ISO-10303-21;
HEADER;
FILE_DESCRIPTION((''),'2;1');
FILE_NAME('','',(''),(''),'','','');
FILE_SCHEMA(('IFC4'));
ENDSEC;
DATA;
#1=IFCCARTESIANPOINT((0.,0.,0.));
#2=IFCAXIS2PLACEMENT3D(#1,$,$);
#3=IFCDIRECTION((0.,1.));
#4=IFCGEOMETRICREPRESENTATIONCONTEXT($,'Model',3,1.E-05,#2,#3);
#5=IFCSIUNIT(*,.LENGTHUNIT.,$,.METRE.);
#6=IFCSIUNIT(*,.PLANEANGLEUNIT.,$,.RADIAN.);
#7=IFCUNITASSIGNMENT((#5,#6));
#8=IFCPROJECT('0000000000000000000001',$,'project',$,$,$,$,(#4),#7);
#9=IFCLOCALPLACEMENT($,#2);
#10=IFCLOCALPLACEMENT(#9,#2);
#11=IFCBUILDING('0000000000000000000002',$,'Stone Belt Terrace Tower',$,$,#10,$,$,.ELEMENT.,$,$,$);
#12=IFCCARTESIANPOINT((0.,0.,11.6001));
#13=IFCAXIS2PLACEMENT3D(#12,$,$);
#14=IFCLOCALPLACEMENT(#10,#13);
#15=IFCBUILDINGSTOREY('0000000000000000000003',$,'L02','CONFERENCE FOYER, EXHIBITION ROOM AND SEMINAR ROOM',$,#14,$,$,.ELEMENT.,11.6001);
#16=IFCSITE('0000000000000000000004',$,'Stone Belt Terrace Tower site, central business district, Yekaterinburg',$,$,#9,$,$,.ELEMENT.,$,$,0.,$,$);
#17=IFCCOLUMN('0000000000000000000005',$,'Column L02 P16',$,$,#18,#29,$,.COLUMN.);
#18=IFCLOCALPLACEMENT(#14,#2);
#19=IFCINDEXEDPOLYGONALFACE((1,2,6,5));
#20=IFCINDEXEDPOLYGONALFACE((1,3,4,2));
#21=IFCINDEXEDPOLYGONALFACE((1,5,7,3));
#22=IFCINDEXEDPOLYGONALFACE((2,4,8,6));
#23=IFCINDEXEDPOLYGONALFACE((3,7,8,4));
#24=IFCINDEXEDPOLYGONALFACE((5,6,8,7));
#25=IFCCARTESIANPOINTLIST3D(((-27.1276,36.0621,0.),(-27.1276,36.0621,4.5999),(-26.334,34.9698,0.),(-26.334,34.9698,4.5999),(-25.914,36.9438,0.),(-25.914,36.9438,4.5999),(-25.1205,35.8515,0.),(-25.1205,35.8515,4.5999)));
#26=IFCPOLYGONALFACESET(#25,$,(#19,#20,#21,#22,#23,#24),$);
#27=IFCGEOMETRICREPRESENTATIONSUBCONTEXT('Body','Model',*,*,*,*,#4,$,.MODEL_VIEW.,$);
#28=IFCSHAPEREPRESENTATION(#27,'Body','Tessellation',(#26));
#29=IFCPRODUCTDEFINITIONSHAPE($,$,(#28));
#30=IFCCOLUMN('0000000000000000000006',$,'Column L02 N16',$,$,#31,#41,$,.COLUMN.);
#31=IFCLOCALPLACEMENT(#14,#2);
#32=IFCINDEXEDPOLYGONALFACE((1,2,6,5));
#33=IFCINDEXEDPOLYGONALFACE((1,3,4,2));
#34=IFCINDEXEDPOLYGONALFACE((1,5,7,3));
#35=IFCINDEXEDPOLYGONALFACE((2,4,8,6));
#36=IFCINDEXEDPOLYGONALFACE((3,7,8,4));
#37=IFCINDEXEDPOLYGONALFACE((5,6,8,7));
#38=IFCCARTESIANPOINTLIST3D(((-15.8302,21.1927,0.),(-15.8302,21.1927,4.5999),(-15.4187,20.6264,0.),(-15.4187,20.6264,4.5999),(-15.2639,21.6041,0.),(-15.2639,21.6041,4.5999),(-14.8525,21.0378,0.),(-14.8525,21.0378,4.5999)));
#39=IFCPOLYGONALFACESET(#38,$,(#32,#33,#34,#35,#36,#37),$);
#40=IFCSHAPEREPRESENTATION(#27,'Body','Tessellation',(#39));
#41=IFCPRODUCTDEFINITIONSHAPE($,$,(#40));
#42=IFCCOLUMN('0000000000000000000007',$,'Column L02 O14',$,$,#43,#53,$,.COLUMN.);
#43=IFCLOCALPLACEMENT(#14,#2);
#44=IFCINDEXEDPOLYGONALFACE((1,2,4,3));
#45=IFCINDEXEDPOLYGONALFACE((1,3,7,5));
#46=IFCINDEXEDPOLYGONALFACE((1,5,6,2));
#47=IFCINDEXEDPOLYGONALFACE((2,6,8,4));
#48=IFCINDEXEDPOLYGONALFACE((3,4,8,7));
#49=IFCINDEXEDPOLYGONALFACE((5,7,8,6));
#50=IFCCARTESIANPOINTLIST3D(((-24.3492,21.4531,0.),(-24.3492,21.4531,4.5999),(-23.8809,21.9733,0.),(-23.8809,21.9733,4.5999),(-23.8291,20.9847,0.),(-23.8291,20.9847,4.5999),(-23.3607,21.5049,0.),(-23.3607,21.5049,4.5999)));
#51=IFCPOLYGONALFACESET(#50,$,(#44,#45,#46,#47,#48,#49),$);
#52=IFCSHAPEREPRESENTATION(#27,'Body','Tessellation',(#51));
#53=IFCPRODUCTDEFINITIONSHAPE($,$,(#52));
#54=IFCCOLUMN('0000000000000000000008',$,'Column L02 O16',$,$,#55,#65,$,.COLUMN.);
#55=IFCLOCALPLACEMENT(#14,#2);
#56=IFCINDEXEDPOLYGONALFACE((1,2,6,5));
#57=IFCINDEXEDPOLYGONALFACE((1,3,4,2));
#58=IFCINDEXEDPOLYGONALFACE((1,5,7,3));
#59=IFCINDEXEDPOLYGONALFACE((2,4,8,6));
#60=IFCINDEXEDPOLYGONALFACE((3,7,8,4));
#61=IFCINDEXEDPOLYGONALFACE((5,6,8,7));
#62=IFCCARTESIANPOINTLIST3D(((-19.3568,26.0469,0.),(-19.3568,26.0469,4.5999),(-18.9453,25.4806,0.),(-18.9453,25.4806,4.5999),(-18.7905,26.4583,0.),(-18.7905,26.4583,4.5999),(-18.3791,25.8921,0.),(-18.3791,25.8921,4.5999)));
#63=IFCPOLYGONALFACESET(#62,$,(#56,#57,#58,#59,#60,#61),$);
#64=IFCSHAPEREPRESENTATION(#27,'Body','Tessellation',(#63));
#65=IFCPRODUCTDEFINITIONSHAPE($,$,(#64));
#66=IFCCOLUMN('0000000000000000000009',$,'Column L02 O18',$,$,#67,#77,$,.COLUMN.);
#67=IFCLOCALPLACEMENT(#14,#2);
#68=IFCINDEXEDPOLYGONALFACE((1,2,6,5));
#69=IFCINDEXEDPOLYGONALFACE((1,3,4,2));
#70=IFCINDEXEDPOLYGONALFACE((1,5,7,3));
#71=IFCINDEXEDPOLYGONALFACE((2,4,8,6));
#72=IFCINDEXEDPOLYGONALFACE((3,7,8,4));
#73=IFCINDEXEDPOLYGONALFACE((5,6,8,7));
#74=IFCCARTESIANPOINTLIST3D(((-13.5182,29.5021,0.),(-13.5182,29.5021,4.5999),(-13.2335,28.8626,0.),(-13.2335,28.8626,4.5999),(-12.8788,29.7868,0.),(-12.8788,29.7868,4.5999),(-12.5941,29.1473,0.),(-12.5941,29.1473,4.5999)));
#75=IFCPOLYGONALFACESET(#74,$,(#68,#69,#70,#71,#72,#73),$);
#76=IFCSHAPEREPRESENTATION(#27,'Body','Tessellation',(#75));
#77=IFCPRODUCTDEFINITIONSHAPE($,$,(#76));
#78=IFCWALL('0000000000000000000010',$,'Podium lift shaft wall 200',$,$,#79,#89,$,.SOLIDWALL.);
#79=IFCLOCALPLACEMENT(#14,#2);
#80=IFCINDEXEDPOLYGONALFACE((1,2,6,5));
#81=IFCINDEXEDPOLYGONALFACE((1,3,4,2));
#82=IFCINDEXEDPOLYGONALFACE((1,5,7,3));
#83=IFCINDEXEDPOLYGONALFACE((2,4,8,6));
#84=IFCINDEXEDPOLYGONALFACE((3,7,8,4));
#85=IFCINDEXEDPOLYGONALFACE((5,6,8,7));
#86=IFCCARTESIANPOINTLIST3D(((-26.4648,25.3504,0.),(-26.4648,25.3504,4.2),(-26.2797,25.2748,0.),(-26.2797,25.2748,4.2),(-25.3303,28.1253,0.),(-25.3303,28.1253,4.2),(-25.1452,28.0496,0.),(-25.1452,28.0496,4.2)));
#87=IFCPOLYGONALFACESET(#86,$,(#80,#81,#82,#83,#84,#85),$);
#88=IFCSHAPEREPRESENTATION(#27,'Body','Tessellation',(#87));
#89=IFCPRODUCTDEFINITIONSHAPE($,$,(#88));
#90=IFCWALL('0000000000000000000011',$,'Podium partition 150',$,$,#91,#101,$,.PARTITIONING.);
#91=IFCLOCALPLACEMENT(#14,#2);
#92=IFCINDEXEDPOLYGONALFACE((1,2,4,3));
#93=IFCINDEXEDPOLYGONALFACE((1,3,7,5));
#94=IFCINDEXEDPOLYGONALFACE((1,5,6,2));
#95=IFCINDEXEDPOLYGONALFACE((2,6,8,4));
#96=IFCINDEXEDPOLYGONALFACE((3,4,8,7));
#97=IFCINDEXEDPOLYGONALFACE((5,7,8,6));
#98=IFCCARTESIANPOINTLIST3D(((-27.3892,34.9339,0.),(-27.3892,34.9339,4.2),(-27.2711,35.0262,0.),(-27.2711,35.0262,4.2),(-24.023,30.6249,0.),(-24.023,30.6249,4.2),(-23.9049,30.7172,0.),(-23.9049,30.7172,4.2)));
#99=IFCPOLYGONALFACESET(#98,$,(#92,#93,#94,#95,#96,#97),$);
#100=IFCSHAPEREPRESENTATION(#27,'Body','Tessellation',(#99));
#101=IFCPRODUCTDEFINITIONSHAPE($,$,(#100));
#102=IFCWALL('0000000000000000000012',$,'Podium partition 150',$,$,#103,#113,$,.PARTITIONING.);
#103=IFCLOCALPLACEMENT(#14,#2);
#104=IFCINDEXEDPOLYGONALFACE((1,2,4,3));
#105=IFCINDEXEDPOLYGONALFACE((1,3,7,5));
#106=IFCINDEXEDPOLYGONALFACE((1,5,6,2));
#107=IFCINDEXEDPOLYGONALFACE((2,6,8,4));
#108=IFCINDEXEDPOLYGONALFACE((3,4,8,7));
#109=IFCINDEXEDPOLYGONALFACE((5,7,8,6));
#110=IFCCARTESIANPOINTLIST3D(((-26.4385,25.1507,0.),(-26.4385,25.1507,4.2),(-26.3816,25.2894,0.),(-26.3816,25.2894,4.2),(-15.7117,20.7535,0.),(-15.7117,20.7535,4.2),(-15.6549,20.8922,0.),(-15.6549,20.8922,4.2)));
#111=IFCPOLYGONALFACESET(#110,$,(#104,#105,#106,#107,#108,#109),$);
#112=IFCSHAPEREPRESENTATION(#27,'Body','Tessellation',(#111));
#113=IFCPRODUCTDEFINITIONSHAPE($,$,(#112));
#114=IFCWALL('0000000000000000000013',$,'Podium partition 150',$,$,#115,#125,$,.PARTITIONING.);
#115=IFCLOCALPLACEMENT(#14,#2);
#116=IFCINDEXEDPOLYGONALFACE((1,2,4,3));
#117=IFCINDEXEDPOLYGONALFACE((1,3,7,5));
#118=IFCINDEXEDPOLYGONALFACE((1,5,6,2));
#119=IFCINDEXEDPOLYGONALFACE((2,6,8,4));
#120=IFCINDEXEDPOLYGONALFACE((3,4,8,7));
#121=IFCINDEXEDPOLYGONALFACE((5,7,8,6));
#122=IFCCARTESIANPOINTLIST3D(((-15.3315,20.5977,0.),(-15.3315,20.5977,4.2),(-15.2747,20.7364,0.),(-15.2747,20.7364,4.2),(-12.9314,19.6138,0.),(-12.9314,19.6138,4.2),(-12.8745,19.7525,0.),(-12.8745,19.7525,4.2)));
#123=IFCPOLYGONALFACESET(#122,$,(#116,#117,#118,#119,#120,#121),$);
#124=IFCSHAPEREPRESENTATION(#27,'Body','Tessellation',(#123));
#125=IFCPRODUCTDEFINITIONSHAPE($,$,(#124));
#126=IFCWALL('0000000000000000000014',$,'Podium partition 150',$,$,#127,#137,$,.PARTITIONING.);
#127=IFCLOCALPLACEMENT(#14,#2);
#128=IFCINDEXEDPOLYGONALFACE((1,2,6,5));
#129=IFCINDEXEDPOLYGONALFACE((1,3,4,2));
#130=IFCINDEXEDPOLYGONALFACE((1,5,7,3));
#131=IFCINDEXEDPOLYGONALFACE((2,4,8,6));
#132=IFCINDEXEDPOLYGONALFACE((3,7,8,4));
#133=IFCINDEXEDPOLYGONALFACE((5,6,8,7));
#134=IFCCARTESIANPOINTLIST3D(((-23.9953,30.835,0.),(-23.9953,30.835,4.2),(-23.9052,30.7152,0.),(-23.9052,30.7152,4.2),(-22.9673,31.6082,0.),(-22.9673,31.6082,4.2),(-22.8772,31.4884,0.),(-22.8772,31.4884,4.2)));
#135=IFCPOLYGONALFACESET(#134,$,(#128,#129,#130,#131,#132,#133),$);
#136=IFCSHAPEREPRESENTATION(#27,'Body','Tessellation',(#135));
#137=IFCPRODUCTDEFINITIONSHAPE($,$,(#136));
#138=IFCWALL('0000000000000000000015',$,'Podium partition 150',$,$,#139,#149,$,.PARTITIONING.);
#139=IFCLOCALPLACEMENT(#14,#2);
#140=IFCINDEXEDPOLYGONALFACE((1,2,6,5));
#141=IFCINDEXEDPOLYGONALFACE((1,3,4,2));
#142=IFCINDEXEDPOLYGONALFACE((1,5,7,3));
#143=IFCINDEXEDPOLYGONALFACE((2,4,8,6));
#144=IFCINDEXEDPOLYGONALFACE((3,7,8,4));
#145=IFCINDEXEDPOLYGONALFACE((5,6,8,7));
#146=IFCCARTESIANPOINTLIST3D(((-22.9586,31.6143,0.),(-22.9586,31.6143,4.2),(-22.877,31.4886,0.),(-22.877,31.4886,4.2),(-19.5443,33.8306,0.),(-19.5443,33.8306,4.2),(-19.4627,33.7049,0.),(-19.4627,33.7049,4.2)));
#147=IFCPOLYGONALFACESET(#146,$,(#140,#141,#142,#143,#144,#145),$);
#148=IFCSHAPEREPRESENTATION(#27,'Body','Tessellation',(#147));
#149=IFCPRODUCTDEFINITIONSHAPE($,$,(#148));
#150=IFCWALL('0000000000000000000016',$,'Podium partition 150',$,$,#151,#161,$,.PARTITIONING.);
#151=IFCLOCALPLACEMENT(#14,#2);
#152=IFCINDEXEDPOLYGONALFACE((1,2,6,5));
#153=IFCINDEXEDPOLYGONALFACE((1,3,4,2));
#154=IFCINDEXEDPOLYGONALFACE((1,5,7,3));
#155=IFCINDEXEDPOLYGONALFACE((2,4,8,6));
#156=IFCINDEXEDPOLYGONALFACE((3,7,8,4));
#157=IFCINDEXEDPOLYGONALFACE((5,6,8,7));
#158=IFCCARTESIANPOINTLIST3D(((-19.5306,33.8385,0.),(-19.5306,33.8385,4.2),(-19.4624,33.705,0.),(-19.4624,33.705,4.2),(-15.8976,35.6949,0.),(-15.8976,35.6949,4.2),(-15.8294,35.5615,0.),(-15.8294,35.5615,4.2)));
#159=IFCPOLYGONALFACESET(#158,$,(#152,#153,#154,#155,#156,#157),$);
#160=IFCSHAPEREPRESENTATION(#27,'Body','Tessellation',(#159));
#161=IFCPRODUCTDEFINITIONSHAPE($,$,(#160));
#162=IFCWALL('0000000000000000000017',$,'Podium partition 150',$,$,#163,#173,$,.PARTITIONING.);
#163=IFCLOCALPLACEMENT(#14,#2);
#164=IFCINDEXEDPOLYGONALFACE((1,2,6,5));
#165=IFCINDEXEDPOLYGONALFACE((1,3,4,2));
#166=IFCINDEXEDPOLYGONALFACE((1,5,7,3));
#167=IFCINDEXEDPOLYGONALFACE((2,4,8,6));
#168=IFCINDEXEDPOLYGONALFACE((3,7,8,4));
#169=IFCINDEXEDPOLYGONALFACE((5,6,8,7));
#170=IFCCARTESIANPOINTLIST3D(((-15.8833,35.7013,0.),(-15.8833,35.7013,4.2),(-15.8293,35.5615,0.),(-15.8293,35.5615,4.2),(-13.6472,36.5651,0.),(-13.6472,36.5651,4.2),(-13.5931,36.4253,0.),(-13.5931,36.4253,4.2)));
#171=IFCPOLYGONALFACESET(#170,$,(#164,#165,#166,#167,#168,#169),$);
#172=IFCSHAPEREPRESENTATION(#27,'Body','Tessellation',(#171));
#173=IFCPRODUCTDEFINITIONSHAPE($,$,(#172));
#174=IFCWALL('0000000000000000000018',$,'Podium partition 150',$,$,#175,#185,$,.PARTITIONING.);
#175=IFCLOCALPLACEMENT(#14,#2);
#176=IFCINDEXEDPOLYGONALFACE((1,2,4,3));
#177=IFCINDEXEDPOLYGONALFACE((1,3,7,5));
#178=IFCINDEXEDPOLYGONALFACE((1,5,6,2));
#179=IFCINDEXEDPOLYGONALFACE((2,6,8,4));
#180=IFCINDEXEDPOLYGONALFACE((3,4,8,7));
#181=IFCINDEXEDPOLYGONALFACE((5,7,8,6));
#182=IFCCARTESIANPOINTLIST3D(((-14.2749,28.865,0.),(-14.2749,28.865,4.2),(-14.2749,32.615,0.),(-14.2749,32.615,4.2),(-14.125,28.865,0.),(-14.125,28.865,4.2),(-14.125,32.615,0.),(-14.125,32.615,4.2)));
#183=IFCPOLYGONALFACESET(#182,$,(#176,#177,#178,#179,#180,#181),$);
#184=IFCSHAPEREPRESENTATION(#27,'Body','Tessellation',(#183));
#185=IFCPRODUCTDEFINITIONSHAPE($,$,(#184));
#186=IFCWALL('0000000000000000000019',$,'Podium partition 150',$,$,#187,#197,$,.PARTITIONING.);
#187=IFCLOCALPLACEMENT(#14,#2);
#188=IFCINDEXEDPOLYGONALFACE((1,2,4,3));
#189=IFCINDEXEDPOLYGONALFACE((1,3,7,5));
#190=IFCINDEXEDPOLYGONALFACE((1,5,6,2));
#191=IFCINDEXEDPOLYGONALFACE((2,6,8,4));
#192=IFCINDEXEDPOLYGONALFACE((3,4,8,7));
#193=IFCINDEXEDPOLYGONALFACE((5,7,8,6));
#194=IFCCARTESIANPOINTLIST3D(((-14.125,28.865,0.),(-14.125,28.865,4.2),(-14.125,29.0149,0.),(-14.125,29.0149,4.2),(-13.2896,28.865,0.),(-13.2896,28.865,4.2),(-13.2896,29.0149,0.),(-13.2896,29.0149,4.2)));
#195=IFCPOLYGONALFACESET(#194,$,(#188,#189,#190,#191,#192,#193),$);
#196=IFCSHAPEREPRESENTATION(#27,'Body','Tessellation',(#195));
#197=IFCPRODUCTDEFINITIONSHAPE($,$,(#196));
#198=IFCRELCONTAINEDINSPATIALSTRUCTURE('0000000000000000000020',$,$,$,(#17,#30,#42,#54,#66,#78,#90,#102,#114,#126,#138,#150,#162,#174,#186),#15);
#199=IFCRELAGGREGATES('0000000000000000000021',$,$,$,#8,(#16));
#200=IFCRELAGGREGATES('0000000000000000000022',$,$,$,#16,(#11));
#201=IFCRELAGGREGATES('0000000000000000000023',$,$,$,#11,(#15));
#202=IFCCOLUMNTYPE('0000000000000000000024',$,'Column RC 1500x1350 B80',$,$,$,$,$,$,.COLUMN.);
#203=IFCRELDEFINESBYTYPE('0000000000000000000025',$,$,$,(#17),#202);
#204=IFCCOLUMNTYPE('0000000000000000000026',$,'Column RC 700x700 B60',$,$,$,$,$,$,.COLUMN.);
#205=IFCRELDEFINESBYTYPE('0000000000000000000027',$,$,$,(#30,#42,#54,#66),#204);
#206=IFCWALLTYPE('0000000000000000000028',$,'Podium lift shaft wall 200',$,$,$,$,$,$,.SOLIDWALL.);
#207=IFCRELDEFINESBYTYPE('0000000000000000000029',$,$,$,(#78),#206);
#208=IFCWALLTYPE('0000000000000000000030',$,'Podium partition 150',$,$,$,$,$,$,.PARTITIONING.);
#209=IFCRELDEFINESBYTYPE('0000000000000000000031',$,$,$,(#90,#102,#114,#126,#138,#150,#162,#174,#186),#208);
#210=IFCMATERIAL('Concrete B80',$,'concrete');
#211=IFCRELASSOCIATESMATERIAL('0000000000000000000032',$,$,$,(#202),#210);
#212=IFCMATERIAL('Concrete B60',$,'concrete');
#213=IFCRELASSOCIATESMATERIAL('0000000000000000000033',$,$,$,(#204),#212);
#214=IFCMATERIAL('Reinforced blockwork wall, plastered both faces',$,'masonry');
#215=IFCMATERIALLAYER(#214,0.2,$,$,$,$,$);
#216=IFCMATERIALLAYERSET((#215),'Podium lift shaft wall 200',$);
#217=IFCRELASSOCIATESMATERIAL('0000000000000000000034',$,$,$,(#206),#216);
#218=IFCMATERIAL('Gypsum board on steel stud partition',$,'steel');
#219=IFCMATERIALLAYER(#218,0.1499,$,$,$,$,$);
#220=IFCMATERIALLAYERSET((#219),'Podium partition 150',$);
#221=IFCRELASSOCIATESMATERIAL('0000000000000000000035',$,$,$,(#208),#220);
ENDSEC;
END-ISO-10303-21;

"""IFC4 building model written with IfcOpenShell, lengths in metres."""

from ifc_helpers import new_model, si_unit, direction, frame, frame_2d, origin, origin_2d, place, context, subcontext, project, spatial, rectangle, extrude, material, layer, layer_set, material_profile, profile_set, type_object, element, save


model = new_model("IFC4")

# Units and contexts
model_context = context("Model", 3, precision=1e-05, world=origin(), true_north=direction((0.0, 1.0)))
body_context = subcontext(model_context, "Body", "Model", "MODEL_VIEW")
ifc_project = project(units=[si_unit("LENGTHUNIT", "METRE"), si_unit("PLANEANGLEUNIT", "RADIAN")], contexts=[model_context])

# Site, building, storey
site_placement = place(None, origin())
site = spatial("IfcSite", under=ifc_project, at=site_placement, Name="Stone Belt Terrace Tower site, central business district, Yekaterinburg", CompositionType="ELEMENT", RefElevation=0.0)
building_placement = place(site_placement, origin())
building = spatial("IfcBuilding", under=site, at=building_placement, Name="Stone Belt Terrace Tower", CompositionType="ELEMENT")
storey_placement = place(building_placement, frame((0.0, 0.0, 11.6001)))
storey = spatial("IfcBuildingStorey", under=building, at=storey_placement, Name="L02", Description="CONFERENCE FOYER, EXHIBITION ROOM AND SEMINAR ROOM", CompositionType="ELEMENT", Elevation=11.6001)

# Columns
ifc_material_1 = material(Name="Concrete B80", Category="concrete")
ifc_material_profile_1 = material_profile(ifc_material_1, rectangle(XDim=1.5, YDim=1.3501, at=origin_2d()), Name="RC 1500x1350")
ifc_profile_set_1 = profile_set([ifc_material_profile_1], Name="Concrete B80")
column_type_1 = type_object("IfcColumnType", Name="Column RC 1500x1350 B80", PredefinedType="COLUMN", material=ifc_profile_set_1)
column_placement = place(storey_placement, frame((-26.124, 35.9568, 0.0), z_axis=(0.0, 0.0, 1.0), x_axis=(0.809017, 0.587785, 0.0)))
element("IfcColumn", 1, at=column_placement, inside=storey, type_object=column_type_1, Name="Column L02 P16", PredefinedType="COLUMN", context=body_context, shape_type="SweptSolid", body=[
    extrude(rectangle(XDim=1.5, YDim=1.3501, at=origin_2d()), origin(), (0.0, 0.0, 1.0), 4.5999),
])
ifc_material_2 = material(Name="Concrete B60", Category="concrete")
ifc_material_profile_2 = material_profile(ifc_material_2, rectangle(XDim=0.7, YDim=0.7, at=origin_2d()), Name="RC 700x700")
ifc_profile_set_2 = profile_set([ifc_material_profile_2], Name="Concrete B60")
column_type_2 = type_object("IfcColumnType", Name="Column RC 700x700 B60", PredefinedType="COLUMN", material=ifc_profile_set_2)
for number, where, z_axis, x_axis, name in (
    (2, (-15.3413, 21.1152, 0.0), (0.0, 0.0, 1.0), (0.809017, 0.587785, 0.0), "Column L02 N16"),
    (3, (-23.855, 21.479, 0.0), (0.0, 0.0, 1.0), (0.669131, 0.743145, 0.0), "Column L02 O14"),
    (4, (-18.8679, 25.9695, 0.0), (0.0, 0.0, 1.0), (0.809017, 0.587785, 0.0), "Column L02 O16"),
    (5, (-13.0562, 29.3247, 0.0), (0.0, 0.0, 1.0), (0.913545, 0.406737, 0.0), "Column L02 O18"),
):
    element("IfcColumn", number, at=place(storey_placement, frame(where, z_axis=z_axis, x_axis=x_axis)), inside=storey, type_object=column_type_2, Name=name, PredefinedType="COLUMN", context=body_context, shape_type="SweptSolid", body=[
        extrude(rectangle(XDim=0.7, YDim=0.7, at=origin_2d()), origin(), (0.0, 0.0, 1.0), 4.5999),
    ])

# Walls
ifc_material_3 = material(Name="Reinforced blockwork wall, plastered both faces", Category="masonry")
ifc_layer_1 = layer(ifc_material_3, 0.2)
ifc_layer_set_1 = layer_set([ifc_layer_1], Name="Podium lift shaft wall 200")
wall_type_1 = type_object("IfcWallType", Name="Podium lift shaft wall 200", PredefinedType="SOLIDWALL", material=ifc_layer_set_1)
wall_1_placement = place(storey_placement, frame((-26.3723, 25.3125, 0.0), z_axis=(0.0, 0.0, 1.0), x_axis=(0.378443, 0.925625, 0.0)))
element("IfcWall", 6, at=wall_1_placement, inside=storey, type_object=wall_type_1, Name="Podium lift shaft wall 200", PredefinedType="SOLIDWALL", context=body_context, shape_type="SweptSolid", body=[
    extrude(rectangle(XDim=2.9978, YDim=0.2, at=frame_2d((1.499, 0.0))), origin(), (0.0, 0.0, 1.0), 4.2),
])
ifc_material_4 = material(Name="Gypsum board on steel stud partition", Category="steel")
ifc_layer_2 = layer(ifc_material_4, 0.1499)
ifc_layer_set_2 = layer_set([ifc_layer_2], Name="Podium partition 150")
wall_type_2 = type_object("IfcWallType", Name="Podium partition 150", PredefinedType="PARTITIONING", material=ifc_layer_set_2)
wall_2_placement = place(storey_placement, frame((-27.3301, 34.98, 0.0), z_axis=(0.0, 0.0, 1.0), x_axis=(0.615615, -0.788047, 0.0)))
element("IfcWall", 7, at=wall_2_placement, inside=storey, type_object=wall_type_2, Name="Podium partition 150", PredefinedType="PARTITIONING", context=body_context, shape_type="SweptSolid", body=[
    extrude(rectangle(XDim=5.468, YDim=0.1499, at=frame_2d((2.7339, 0.0))), origin(), (0.0, 0.0, 1.0), 4.2),
])
wall_3_placement = place(storey_placement, frame((-26.4099, 25.22, 0.0), z_axis=(0.0, 0.0, 1.0), x_axis=(0.925275, -0.379296, 0.0)))
element("IfcWall", 8, at=wall_3_placement, inside=storey, type_object=wall_type_2, Name="Podium partition 150", PredefinedType="PARTITIONING", context=body_context, shape_type="SweptSolid", body=[
    extrude(rectangle(XDim=11.593, YDim=0.1499, at=frame_2d((5.7964, 0.0))), origin(), (0.0, 0.0, 1.0), 4.2),
])
wall_4_placement = place(storey_placement, frame((-15.303, 20.667, 0.0), z_axis=(0.0, 0.0, 1.0), x_axis=(0.925275, -0.379296, 0.0)))
element("IfcWall", 9, at=wall_4_placement, inside=storey, type_object=wall_type_2, Name="Podium partition 150", PredefinedType="PARTITIONING", context=body_context, shape_type="SweptSolid", body=[
    extrude(rectangle(XDim=2.594, YDim=0.1499, at=frame_2d((1.2969, 0.0))), origin(), (0.0, 0.0, 1.0), 4.2),
])
wall_5_placement = place(storey_placement, frame((-23.9502, 30.7751, 0.0), z_axis=(0.0, 0.0, 1.0), x_axis=(0.799202, 0.601062, 0.0)))
element("IfcWall", 10, at=wall_5_placement, inside=storey, type_object=wall_type_2, Name="Podium partition 150", PredefinedType="PARTITIONING", context=body_context, shape_type="SweptSolid", body=[
    extrude(rectangle(XDim=1.2864, YDim=0.1499, at=frame_2d((0.6431, 0.0))), origin(), (0.0, 0.0, 1.0), 4.2),
])
wall_6_placement = place(storey_placement, frame((-22.9177, 31.5515, 0.0), z_axis=(0.0, 0.0, 1.0), x_axis=(0.838779, 0.544472, 0.0)))
element("IfcWall", 11, at=wall_6_placement, inside=storey, type_object=wall_type_2, Name="Podium partition 150", PredefinedType="PARTITIONING", context=body_context, shape_type="SweptSolid", body=[
    extrude(rectangle(XDim=4.0706, YDim=0.1499, at=frame_2d((2.0352, 0.0))), origin(), (0.0, 0.0, 1.0), 4.2),
])
wall_7_placement = place(storey_placement, frame((-19.4966, 33.7717, 0.0), z_axis=(0.0, 0.0, 1.0), x_axis=(0.890479, 0.455024, 0.0)))
element("IfcWall", 12, at=wall_7_placement, inside=storey, type_object=wall_type_2, Name="Podium partition 150", PredefinedType="PARTITIONING", context=body_context, shape_type="SweptSolid", body=[
    extrude(rectangle(XDim=4.0798, YDim=0.1499, at=frame_2d((2.04, 0.0))), origin(), (0.0, 0.0, 1.0), 4.2),
])
wall_8_placement = place(storey_placement, frame((-15.8564, 35.6313, 0.0), z_axis=(0.0, 0.0, 1.0), x_axis=(0.932822, 0.360337, 0.0)))
element("IfcWall", 13, at=wall_8_placement, inside=storey, type_object=wall_type_2, Name="Podium partition 150", PredefinedType="PARTITIONING", context=body_context, shape_type="SweptSolid", body=[
    extrude(rectangle(XDim=2.3972, YDim=0.1499, at=frame_2d((1.1987, 0.0))), origin(), (0.0, 0.0, 1.0), 4.2),
])
wall_9_placement = place(storey_placement, frame((-14.2, 28.865, 0.0), z_axis=(0.0, 0.0, 1.0), x_axis=(0.0, 1.0, 0.0)))
element("IfcWall", 14, at=wall_9_placement, inside=storey, type_object=wall_type_2, Name="Podium partition 150", PredefinedType="PARTITIONING", context=body_context, shape_type="SweptSolid", body=[
    extrude(rectangle(XDim=3.75, YDim=0.1499, at=frame_2d((1.875, 0.0))), origin(), (0.0, 0.0, 1.0), 4.2),
])
wall_10_placement = place(storey_placement, frame((-14.125, 28.9399, 0.0), z_axis=(0.0, 0.0, 1.0), x_axis=(1.0, 0.0, 0.0)))
element("IfcWall", 15, at=wall_10_placement, inside=storey, type_object=wall_type_2, Name="Podium partition 150", PredefinedType="PARTITIONING", context=body_context, shape_type="SweptSolid", body=[
    extrude(rectangle(XDim=0.8354, YDim=0.1499, at=frame_2d((0.4177, 0.0))), origin(), (0.0, 0.0, 1.0), 4.2),
])

save(model, "model.ifc")
